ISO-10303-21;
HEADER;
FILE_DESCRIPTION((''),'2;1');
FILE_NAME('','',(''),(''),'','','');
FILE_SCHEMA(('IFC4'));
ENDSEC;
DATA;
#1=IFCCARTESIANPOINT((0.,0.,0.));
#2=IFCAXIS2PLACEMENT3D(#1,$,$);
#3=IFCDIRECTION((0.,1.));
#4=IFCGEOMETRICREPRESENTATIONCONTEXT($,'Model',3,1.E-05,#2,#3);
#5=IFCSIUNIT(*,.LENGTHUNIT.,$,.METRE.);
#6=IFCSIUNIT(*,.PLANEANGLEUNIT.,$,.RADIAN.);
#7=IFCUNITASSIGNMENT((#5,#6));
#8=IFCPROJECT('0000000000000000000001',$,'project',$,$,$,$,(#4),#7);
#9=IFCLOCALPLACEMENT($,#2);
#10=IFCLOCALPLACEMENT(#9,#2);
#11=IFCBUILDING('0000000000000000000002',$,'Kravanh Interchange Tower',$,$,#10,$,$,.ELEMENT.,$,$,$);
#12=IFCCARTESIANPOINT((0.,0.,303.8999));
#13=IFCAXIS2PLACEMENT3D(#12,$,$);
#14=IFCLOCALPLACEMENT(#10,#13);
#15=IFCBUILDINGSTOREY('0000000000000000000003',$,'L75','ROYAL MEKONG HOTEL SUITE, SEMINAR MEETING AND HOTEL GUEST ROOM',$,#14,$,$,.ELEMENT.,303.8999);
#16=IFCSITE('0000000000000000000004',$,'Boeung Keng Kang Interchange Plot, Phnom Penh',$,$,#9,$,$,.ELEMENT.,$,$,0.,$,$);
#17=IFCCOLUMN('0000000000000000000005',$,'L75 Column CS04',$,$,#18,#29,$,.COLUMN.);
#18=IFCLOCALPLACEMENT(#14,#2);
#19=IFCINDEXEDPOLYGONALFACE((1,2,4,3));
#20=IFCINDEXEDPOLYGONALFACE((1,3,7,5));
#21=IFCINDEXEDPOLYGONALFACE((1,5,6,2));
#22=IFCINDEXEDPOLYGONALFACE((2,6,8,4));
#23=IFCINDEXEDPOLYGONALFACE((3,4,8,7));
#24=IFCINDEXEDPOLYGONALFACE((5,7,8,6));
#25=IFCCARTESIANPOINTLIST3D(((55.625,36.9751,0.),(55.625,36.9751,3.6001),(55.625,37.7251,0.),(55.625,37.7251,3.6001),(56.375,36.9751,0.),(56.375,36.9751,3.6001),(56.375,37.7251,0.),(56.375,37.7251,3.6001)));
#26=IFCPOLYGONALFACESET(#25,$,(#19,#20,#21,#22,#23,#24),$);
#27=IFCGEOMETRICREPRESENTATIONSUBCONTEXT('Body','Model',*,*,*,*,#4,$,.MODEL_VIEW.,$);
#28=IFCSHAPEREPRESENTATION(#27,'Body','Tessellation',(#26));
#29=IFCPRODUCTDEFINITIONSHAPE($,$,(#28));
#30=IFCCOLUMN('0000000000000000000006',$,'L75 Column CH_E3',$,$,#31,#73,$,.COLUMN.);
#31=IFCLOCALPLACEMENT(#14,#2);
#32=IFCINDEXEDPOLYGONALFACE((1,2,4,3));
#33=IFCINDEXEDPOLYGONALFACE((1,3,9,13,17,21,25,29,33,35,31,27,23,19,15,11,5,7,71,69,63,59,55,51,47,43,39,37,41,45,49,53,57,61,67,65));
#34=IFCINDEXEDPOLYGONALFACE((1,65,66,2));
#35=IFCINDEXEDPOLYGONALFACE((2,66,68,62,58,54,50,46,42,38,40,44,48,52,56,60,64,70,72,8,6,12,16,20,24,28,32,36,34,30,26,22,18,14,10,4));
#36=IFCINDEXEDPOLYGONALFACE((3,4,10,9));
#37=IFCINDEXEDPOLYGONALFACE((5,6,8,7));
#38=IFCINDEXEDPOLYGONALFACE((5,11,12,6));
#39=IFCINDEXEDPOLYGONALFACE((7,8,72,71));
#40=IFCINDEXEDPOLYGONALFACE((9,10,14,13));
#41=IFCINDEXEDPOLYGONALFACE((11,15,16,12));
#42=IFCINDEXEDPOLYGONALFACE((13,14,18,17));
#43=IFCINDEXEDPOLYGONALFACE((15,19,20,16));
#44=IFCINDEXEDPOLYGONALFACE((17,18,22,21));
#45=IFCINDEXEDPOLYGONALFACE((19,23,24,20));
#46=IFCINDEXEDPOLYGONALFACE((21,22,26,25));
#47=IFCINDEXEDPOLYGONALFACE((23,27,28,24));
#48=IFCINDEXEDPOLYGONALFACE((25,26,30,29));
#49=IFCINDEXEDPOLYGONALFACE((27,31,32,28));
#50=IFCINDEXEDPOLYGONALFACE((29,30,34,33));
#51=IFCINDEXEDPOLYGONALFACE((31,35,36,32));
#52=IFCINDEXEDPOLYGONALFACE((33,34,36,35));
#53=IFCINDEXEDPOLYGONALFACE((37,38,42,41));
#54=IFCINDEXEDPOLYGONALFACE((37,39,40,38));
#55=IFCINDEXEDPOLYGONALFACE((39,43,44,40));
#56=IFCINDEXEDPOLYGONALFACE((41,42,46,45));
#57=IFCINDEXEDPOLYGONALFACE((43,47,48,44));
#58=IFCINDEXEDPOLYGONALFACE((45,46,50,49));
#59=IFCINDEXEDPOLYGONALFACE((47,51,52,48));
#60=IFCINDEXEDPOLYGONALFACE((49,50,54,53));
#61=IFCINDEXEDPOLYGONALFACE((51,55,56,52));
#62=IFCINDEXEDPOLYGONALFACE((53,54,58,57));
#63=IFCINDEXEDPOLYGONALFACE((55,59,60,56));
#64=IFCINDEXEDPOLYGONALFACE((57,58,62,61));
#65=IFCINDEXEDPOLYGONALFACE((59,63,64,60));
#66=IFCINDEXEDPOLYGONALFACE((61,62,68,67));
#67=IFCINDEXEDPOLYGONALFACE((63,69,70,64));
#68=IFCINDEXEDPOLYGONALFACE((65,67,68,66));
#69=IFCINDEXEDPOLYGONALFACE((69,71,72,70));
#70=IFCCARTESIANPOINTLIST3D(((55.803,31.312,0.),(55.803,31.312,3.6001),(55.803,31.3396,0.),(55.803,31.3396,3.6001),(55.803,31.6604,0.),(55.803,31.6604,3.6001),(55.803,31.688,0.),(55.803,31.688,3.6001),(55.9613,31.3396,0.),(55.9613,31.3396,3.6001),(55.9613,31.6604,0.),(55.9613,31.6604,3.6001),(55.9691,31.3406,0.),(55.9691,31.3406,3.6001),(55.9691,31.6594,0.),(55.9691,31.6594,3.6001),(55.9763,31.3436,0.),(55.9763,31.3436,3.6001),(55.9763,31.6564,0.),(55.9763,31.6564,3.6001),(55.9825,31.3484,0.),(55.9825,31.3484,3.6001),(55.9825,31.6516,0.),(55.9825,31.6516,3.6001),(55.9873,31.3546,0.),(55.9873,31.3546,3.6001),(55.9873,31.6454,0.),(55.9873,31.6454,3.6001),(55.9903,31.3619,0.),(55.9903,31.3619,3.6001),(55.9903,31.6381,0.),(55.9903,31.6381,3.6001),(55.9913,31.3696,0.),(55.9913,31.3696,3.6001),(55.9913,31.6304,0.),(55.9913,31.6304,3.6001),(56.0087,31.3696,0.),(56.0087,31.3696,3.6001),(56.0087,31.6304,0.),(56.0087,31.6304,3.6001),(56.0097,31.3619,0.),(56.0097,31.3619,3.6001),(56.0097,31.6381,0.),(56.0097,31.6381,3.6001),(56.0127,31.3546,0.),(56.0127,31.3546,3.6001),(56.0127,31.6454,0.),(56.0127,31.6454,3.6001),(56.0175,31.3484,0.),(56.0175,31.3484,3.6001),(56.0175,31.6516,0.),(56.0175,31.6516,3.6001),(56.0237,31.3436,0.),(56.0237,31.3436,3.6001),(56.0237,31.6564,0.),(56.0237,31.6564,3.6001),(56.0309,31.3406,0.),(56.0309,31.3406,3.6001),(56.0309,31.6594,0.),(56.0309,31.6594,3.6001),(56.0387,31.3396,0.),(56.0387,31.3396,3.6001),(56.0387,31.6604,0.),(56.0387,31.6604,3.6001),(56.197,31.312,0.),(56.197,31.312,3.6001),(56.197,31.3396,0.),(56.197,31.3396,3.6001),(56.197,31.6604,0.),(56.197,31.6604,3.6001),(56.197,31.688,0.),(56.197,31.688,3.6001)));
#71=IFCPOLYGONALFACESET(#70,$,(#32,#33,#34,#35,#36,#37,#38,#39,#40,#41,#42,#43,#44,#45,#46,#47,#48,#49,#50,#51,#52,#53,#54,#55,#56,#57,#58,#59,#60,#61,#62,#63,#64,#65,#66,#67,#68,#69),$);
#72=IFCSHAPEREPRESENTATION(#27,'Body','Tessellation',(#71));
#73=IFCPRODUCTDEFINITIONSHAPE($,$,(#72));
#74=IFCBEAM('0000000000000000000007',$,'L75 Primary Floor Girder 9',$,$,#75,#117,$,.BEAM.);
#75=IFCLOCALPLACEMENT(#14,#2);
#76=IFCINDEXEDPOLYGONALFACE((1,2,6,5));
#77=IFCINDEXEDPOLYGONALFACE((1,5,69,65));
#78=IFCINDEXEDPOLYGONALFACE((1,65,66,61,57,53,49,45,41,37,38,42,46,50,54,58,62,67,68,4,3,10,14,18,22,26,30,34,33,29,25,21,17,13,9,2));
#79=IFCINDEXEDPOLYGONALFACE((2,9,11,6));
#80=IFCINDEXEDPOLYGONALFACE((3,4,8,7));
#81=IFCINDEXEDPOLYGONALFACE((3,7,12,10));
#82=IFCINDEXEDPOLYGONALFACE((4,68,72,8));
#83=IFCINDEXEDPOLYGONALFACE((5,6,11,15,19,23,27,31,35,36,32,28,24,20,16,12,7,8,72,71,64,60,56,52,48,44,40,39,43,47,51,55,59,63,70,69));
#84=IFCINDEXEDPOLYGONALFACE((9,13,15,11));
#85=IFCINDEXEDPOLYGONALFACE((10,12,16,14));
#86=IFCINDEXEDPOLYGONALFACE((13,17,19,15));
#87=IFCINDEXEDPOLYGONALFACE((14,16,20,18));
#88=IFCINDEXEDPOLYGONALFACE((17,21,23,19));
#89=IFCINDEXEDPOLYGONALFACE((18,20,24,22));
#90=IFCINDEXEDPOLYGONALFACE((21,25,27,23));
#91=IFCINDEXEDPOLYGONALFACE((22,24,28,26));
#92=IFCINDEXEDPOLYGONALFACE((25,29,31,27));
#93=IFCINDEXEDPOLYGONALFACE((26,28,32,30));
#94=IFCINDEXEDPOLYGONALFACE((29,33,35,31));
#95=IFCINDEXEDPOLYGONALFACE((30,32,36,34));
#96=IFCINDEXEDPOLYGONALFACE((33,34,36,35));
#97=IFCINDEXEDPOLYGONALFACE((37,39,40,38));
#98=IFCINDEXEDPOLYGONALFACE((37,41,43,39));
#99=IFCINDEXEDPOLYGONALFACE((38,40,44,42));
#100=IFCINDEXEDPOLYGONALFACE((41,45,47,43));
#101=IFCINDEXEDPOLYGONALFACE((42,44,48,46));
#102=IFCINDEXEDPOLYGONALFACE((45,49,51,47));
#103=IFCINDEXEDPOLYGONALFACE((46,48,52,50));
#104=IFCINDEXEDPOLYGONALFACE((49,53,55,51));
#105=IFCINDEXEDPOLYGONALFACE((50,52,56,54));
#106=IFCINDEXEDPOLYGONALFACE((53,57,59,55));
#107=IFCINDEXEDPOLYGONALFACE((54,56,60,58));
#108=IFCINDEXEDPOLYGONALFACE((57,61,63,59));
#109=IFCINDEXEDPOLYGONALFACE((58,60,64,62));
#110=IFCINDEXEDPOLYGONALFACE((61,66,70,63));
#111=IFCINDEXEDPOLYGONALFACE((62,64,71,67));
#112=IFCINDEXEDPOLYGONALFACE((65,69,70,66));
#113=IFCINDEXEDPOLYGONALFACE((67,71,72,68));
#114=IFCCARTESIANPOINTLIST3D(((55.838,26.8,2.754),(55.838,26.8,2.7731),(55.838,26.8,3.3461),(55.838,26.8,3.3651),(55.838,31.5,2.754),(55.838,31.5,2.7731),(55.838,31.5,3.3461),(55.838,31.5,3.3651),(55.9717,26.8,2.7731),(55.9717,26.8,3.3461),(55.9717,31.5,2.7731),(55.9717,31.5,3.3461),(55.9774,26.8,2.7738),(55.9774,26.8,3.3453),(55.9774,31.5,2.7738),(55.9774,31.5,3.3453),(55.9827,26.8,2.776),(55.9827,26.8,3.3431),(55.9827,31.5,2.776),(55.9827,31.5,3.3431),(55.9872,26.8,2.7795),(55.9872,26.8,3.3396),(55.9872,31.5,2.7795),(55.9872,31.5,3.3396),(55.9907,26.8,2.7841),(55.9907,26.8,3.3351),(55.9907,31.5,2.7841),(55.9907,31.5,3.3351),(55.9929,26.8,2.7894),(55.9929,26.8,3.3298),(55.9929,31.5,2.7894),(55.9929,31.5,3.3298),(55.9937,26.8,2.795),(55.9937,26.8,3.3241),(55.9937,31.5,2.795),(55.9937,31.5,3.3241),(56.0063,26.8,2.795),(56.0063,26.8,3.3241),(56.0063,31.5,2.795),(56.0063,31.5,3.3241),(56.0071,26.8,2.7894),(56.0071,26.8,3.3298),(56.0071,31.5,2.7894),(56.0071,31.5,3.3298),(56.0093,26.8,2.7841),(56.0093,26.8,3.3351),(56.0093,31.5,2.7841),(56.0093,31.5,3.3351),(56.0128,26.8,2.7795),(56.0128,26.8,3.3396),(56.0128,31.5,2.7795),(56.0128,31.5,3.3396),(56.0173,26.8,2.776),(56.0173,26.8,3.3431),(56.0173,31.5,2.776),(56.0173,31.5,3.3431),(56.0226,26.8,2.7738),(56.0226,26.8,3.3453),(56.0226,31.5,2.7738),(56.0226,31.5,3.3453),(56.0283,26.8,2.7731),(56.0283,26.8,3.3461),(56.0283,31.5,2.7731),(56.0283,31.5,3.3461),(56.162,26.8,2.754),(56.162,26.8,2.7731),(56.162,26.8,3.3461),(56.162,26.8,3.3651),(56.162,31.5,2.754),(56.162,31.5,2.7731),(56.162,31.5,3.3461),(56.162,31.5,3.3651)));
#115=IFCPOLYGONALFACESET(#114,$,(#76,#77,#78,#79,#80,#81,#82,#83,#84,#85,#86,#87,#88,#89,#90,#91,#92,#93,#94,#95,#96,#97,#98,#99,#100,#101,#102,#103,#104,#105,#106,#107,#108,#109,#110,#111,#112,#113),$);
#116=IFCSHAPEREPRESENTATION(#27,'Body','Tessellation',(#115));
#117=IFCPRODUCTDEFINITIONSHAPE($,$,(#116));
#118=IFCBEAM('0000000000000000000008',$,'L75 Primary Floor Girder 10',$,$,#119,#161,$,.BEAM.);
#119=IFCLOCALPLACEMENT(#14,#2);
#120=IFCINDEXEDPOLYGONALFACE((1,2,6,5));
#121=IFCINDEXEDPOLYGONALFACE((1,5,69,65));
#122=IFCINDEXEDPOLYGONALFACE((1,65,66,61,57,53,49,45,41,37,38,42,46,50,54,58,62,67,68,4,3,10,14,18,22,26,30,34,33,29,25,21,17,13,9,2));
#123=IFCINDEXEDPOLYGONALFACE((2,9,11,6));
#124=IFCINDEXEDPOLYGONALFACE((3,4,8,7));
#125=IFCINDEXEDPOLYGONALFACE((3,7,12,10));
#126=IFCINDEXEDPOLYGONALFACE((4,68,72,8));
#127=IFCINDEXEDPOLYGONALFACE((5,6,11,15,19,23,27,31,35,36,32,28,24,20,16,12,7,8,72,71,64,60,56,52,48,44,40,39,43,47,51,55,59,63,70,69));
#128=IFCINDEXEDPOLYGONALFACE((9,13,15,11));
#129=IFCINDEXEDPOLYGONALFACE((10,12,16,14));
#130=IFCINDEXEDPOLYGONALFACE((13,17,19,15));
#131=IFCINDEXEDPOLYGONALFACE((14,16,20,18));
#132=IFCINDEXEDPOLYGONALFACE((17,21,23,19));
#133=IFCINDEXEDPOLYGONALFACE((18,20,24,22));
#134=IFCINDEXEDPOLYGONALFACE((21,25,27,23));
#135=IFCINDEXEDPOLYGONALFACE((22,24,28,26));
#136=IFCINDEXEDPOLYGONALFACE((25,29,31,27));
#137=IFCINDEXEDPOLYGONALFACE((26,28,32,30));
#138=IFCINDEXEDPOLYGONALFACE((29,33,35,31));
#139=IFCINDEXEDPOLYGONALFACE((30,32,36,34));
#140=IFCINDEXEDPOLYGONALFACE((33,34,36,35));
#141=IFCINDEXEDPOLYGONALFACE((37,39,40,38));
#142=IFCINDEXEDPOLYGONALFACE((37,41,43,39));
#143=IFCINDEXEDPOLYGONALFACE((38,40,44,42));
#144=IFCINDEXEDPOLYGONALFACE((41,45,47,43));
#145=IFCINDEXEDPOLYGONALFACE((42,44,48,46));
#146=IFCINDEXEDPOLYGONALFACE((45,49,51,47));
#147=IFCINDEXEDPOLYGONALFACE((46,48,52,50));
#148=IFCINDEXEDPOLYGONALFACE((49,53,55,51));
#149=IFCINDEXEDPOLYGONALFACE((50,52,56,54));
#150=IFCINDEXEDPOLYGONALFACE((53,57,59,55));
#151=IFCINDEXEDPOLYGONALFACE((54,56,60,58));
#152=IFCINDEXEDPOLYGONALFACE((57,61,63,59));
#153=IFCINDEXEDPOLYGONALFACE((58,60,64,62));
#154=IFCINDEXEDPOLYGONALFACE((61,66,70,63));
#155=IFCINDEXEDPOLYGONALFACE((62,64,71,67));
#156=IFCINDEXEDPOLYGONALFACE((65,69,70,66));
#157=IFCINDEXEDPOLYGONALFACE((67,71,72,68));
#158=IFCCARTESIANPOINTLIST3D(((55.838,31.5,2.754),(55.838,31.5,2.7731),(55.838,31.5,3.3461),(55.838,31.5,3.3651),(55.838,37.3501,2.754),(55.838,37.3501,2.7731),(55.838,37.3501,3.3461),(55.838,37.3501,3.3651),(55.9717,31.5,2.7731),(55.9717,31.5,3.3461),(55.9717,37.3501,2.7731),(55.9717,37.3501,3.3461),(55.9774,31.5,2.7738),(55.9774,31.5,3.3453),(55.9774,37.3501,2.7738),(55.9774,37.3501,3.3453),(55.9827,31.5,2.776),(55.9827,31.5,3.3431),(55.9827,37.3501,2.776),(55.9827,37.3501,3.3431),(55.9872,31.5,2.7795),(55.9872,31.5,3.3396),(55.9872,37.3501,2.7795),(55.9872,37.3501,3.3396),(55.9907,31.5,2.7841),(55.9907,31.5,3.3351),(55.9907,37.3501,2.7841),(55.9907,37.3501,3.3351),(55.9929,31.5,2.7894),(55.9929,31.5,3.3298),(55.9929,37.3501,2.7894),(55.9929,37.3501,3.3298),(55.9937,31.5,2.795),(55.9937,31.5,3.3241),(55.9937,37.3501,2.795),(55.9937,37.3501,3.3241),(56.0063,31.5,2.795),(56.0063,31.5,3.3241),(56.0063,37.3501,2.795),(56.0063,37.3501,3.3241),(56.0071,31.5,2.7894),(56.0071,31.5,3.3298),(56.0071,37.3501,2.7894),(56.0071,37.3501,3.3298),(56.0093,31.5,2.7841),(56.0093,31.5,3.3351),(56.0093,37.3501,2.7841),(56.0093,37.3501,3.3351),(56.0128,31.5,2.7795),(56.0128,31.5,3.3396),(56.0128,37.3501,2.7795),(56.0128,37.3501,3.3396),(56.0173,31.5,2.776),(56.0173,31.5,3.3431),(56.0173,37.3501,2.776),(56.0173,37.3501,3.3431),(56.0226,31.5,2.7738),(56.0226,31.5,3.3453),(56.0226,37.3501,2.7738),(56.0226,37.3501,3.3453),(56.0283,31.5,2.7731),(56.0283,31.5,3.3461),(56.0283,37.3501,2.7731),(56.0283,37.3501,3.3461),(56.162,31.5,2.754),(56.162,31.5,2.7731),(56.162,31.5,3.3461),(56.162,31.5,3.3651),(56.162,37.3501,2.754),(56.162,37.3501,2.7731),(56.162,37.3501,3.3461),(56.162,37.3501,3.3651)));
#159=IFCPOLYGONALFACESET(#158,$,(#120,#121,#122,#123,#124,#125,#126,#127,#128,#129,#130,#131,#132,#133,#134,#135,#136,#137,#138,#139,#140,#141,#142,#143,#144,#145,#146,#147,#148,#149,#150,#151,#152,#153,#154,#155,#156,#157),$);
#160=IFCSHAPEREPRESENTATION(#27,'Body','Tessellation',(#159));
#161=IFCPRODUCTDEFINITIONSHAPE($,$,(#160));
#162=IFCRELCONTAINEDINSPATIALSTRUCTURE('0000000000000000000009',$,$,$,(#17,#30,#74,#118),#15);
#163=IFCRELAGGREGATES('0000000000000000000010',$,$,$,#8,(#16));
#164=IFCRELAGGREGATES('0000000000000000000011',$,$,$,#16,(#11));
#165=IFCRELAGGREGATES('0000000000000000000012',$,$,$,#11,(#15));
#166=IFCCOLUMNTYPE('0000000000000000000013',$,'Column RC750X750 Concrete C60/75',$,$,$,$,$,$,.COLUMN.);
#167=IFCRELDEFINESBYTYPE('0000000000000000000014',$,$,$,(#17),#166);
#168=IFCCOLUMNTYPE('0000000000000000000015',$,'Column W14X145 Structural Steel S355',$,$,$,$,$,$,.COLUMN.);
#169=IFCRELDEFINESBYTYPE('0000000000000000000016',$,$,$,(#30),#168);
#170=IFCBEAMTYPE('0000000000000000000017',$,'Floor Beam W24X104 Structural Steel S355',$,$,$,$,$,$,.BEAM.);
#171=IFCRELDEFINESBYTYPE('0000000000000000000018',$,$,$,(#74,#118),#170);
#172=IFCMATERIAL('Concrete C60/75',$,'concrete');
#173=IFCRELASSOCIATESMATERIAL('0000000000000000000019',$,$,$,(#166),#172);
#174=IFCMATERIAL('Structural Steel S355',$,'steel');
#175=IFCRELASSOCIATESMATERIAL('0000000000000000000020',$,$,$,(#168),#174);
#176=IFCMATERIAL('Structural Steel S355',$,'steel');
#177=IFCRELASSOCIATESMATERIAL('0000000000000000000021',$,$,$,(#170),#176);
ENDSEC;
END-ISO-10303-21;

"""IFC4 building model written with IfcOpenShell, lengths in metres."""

from ifc_helpers import new_model, si_unit, direction, frame, origin, origin_2d, place, context, subcontext, project, spatial, rectangle, i_section, extrude, material, material_profile, profile_set, type_object, element, save


model = new_model("IFC4")

# Units and contexts
model_context = context("Model", 3, precision=1e-05, world=origin(), true_north=direction((0.0, 1.0)))
body_context = subcontext(model_context, "Body", "Model", "MODEL_VIEW")
ifc_project = project(units=[si_unit("LENGTHUNIT", "METRE"), si_unit("PLANEANGLEUNIT", "RADIAN")], contexts=[model_context])

# Site, building, storey
site_placement = place(None, origin())
site = spatial("IfcSite", under=ifc_project, at=site_placement, Name="Boeung Keng Kang Interchange Plot, Phnom Penh", CompositionType="ELEMENT", RefElevation=0.0)
building_placement = place(site_placement, origin())
building = spatial("IfcBuilding", under=site, at=building_placement, Name="Kravanh Interchange Tower", CompositionType="ELEMENT")
storey_placement = place(building_placement, frame((0.0, 0.0, 303.8999)))
storey = spatial("IfcBuildingStorey", under=building, at=storey_placement, Name="L75", Description="ROYAL MEKONG HOTEL SUITE, SEMINAR MEETING AND HOTEL GUEST ROOM", CompositionType="ELEMENT", Elevation=303.8999)

# Columns
ifc_material_1 = material(Name="Concrete C60/75", Category="concrete")
ifc_material_profile_1 = material_profile(ifc_material_1, rectangle(XDim=0.75, YDim=0.75, at=origin_2d()), Name="RC750X750")
ifc_profile_set_1 = profile_set([ifc_material_profile_1], Name="Concrete C60/75")
column_type_1 = type_object("IfcColumnType", Name="Column RC750X750 Concrete C60/75", PredefinedType="COLUMN", material=ifc_profile_set_1)
column_1_placement = place(storey_placement, frame((56.0, 37.3501, 0.0), z_axis=(0.0, 0.0, 1.0), x_axis=(1.0, 0.0, 0.0)))
element("IfcColumn", 1, at=column_1_placement, inside=storey, type_object=column_type_1, Name="L75 Column CS04", PredefinedType="COLUMN", context=body_context, shape_type="SweptSolid", body=[
    extrude(rectangle(XDim=0.75, YDim=0.75, at=origin_2d()), origin(), (0.0, 0.0, 1.0), 3.6001),
])
ifc_material_2 = material(Name="Structural Steel S355", Category="steel")
ifc_material_profile_2 = material_profile(ifc_material_2, i_section(OverallWidth=0.394, OverallDepth=0.376, WebThickness=0.0173, FlangeThickness=0.0276, FilletRadius=0.03, at=origin_2d()), Name="W14X145")
ifc_profile_set_2 = profile_set([ifc_material_profile_2], Name="Structural Steel S355")
column_type_2 = type_object("IfcColumnType", Name="Column W14X145 Structural Steel S355", PredefinedType="COLUMN", material=ifc_profile_set_2)
column_2_placement = place(storey_placement, frame((56.0, 31.5, 0.0), z_axis=(0.0, 0.0, 1.0), x_axis=(1.0, 0.0, 0.0)))
element("IfcColumn", 2, at=column_2_placement, inside=storey, type_object=column_type_2, Name="L75 Column CH_E3", PredefinedType="COLUMN", context=body_context, shape_type="SweptSolid", body=[
    extrude(i_section(OverallWidth=0.394, OverallDepth=0.376, WebThickness=0.0173, FlangeThickness=0.0276, FilletRadius=0.03, at=origin_2d()), origin(), (0.0, 0.0, 1.0), 3.6001),
])

# Beams
ifc_material_3 = material(Name="Structural Steel S355", Category="steel")
ifc_material_profile_3 = material_profile(ifc_material_3, i_section(OverallWidth=0.324, OverallDepth=0.6111, WebThickness=0.0127, FlangeThickness=0.019, FilletRadius=0.022, at=origin_2d()), Name="W24X104")
ifc_profile_set_3 = profile_set([ifc_material_profile_3], Name="Structural Steel S355")
beam_type_1 = type_object("IfcBeamType", Name="Floor Beam W24X104 Structural Steel S355", PredefinedType="BEAM", material=ifc_profile_set_3)
beam_1_placement = place(storey_placement, frame((56.0, 31.5, 3.0596), z_axis=(0.0, -1.0, 0.0), x_axis=(1.0, 0.0, 0.0)))
element("IfcBeam", 3, at=beam_1_placement, inside=storey, type_object=beam_type_1, Name="L75 Primary Floor Girder 9", PredefinedType="BEAM", context=body_context, shape_type="SweptSolid", body=[
    extrude(i_section(OverallWidth=0.324, OverallDepth=0.6111, WebThickness=0.0127, FlangeThickness=0.019, FilletRadius=0.022, at=origin_2d()), origin(), (0.0, 0.0, 1.0), 4.7),
])
beam_2_placement = place(storey_placement, frame((56.0, 31.5, 3.0596), z_axis=(0.0, 1.0, 0.0), x_axis=(-1.0, 0.0, 0.0)))
element("IfcBeam", 4, at=beam_2_placement, inside=storey, type_object=beam_type_1, Name="L75 Primary Floor Girder 10", PredefinedType="BEAM", context=body_context, shape_type="SweptSolid", body=[
    extrude(i_section(OverallWidth=0.324, OverallDepth=0.6111, WebThickness=0.0127, FlangeThickness=0.019, FilletRadius=0.022, at=origin_2d()), origin(), (0.0, 0.0, 1.0), 5.8501),
])

save(model, "model.ifc")
